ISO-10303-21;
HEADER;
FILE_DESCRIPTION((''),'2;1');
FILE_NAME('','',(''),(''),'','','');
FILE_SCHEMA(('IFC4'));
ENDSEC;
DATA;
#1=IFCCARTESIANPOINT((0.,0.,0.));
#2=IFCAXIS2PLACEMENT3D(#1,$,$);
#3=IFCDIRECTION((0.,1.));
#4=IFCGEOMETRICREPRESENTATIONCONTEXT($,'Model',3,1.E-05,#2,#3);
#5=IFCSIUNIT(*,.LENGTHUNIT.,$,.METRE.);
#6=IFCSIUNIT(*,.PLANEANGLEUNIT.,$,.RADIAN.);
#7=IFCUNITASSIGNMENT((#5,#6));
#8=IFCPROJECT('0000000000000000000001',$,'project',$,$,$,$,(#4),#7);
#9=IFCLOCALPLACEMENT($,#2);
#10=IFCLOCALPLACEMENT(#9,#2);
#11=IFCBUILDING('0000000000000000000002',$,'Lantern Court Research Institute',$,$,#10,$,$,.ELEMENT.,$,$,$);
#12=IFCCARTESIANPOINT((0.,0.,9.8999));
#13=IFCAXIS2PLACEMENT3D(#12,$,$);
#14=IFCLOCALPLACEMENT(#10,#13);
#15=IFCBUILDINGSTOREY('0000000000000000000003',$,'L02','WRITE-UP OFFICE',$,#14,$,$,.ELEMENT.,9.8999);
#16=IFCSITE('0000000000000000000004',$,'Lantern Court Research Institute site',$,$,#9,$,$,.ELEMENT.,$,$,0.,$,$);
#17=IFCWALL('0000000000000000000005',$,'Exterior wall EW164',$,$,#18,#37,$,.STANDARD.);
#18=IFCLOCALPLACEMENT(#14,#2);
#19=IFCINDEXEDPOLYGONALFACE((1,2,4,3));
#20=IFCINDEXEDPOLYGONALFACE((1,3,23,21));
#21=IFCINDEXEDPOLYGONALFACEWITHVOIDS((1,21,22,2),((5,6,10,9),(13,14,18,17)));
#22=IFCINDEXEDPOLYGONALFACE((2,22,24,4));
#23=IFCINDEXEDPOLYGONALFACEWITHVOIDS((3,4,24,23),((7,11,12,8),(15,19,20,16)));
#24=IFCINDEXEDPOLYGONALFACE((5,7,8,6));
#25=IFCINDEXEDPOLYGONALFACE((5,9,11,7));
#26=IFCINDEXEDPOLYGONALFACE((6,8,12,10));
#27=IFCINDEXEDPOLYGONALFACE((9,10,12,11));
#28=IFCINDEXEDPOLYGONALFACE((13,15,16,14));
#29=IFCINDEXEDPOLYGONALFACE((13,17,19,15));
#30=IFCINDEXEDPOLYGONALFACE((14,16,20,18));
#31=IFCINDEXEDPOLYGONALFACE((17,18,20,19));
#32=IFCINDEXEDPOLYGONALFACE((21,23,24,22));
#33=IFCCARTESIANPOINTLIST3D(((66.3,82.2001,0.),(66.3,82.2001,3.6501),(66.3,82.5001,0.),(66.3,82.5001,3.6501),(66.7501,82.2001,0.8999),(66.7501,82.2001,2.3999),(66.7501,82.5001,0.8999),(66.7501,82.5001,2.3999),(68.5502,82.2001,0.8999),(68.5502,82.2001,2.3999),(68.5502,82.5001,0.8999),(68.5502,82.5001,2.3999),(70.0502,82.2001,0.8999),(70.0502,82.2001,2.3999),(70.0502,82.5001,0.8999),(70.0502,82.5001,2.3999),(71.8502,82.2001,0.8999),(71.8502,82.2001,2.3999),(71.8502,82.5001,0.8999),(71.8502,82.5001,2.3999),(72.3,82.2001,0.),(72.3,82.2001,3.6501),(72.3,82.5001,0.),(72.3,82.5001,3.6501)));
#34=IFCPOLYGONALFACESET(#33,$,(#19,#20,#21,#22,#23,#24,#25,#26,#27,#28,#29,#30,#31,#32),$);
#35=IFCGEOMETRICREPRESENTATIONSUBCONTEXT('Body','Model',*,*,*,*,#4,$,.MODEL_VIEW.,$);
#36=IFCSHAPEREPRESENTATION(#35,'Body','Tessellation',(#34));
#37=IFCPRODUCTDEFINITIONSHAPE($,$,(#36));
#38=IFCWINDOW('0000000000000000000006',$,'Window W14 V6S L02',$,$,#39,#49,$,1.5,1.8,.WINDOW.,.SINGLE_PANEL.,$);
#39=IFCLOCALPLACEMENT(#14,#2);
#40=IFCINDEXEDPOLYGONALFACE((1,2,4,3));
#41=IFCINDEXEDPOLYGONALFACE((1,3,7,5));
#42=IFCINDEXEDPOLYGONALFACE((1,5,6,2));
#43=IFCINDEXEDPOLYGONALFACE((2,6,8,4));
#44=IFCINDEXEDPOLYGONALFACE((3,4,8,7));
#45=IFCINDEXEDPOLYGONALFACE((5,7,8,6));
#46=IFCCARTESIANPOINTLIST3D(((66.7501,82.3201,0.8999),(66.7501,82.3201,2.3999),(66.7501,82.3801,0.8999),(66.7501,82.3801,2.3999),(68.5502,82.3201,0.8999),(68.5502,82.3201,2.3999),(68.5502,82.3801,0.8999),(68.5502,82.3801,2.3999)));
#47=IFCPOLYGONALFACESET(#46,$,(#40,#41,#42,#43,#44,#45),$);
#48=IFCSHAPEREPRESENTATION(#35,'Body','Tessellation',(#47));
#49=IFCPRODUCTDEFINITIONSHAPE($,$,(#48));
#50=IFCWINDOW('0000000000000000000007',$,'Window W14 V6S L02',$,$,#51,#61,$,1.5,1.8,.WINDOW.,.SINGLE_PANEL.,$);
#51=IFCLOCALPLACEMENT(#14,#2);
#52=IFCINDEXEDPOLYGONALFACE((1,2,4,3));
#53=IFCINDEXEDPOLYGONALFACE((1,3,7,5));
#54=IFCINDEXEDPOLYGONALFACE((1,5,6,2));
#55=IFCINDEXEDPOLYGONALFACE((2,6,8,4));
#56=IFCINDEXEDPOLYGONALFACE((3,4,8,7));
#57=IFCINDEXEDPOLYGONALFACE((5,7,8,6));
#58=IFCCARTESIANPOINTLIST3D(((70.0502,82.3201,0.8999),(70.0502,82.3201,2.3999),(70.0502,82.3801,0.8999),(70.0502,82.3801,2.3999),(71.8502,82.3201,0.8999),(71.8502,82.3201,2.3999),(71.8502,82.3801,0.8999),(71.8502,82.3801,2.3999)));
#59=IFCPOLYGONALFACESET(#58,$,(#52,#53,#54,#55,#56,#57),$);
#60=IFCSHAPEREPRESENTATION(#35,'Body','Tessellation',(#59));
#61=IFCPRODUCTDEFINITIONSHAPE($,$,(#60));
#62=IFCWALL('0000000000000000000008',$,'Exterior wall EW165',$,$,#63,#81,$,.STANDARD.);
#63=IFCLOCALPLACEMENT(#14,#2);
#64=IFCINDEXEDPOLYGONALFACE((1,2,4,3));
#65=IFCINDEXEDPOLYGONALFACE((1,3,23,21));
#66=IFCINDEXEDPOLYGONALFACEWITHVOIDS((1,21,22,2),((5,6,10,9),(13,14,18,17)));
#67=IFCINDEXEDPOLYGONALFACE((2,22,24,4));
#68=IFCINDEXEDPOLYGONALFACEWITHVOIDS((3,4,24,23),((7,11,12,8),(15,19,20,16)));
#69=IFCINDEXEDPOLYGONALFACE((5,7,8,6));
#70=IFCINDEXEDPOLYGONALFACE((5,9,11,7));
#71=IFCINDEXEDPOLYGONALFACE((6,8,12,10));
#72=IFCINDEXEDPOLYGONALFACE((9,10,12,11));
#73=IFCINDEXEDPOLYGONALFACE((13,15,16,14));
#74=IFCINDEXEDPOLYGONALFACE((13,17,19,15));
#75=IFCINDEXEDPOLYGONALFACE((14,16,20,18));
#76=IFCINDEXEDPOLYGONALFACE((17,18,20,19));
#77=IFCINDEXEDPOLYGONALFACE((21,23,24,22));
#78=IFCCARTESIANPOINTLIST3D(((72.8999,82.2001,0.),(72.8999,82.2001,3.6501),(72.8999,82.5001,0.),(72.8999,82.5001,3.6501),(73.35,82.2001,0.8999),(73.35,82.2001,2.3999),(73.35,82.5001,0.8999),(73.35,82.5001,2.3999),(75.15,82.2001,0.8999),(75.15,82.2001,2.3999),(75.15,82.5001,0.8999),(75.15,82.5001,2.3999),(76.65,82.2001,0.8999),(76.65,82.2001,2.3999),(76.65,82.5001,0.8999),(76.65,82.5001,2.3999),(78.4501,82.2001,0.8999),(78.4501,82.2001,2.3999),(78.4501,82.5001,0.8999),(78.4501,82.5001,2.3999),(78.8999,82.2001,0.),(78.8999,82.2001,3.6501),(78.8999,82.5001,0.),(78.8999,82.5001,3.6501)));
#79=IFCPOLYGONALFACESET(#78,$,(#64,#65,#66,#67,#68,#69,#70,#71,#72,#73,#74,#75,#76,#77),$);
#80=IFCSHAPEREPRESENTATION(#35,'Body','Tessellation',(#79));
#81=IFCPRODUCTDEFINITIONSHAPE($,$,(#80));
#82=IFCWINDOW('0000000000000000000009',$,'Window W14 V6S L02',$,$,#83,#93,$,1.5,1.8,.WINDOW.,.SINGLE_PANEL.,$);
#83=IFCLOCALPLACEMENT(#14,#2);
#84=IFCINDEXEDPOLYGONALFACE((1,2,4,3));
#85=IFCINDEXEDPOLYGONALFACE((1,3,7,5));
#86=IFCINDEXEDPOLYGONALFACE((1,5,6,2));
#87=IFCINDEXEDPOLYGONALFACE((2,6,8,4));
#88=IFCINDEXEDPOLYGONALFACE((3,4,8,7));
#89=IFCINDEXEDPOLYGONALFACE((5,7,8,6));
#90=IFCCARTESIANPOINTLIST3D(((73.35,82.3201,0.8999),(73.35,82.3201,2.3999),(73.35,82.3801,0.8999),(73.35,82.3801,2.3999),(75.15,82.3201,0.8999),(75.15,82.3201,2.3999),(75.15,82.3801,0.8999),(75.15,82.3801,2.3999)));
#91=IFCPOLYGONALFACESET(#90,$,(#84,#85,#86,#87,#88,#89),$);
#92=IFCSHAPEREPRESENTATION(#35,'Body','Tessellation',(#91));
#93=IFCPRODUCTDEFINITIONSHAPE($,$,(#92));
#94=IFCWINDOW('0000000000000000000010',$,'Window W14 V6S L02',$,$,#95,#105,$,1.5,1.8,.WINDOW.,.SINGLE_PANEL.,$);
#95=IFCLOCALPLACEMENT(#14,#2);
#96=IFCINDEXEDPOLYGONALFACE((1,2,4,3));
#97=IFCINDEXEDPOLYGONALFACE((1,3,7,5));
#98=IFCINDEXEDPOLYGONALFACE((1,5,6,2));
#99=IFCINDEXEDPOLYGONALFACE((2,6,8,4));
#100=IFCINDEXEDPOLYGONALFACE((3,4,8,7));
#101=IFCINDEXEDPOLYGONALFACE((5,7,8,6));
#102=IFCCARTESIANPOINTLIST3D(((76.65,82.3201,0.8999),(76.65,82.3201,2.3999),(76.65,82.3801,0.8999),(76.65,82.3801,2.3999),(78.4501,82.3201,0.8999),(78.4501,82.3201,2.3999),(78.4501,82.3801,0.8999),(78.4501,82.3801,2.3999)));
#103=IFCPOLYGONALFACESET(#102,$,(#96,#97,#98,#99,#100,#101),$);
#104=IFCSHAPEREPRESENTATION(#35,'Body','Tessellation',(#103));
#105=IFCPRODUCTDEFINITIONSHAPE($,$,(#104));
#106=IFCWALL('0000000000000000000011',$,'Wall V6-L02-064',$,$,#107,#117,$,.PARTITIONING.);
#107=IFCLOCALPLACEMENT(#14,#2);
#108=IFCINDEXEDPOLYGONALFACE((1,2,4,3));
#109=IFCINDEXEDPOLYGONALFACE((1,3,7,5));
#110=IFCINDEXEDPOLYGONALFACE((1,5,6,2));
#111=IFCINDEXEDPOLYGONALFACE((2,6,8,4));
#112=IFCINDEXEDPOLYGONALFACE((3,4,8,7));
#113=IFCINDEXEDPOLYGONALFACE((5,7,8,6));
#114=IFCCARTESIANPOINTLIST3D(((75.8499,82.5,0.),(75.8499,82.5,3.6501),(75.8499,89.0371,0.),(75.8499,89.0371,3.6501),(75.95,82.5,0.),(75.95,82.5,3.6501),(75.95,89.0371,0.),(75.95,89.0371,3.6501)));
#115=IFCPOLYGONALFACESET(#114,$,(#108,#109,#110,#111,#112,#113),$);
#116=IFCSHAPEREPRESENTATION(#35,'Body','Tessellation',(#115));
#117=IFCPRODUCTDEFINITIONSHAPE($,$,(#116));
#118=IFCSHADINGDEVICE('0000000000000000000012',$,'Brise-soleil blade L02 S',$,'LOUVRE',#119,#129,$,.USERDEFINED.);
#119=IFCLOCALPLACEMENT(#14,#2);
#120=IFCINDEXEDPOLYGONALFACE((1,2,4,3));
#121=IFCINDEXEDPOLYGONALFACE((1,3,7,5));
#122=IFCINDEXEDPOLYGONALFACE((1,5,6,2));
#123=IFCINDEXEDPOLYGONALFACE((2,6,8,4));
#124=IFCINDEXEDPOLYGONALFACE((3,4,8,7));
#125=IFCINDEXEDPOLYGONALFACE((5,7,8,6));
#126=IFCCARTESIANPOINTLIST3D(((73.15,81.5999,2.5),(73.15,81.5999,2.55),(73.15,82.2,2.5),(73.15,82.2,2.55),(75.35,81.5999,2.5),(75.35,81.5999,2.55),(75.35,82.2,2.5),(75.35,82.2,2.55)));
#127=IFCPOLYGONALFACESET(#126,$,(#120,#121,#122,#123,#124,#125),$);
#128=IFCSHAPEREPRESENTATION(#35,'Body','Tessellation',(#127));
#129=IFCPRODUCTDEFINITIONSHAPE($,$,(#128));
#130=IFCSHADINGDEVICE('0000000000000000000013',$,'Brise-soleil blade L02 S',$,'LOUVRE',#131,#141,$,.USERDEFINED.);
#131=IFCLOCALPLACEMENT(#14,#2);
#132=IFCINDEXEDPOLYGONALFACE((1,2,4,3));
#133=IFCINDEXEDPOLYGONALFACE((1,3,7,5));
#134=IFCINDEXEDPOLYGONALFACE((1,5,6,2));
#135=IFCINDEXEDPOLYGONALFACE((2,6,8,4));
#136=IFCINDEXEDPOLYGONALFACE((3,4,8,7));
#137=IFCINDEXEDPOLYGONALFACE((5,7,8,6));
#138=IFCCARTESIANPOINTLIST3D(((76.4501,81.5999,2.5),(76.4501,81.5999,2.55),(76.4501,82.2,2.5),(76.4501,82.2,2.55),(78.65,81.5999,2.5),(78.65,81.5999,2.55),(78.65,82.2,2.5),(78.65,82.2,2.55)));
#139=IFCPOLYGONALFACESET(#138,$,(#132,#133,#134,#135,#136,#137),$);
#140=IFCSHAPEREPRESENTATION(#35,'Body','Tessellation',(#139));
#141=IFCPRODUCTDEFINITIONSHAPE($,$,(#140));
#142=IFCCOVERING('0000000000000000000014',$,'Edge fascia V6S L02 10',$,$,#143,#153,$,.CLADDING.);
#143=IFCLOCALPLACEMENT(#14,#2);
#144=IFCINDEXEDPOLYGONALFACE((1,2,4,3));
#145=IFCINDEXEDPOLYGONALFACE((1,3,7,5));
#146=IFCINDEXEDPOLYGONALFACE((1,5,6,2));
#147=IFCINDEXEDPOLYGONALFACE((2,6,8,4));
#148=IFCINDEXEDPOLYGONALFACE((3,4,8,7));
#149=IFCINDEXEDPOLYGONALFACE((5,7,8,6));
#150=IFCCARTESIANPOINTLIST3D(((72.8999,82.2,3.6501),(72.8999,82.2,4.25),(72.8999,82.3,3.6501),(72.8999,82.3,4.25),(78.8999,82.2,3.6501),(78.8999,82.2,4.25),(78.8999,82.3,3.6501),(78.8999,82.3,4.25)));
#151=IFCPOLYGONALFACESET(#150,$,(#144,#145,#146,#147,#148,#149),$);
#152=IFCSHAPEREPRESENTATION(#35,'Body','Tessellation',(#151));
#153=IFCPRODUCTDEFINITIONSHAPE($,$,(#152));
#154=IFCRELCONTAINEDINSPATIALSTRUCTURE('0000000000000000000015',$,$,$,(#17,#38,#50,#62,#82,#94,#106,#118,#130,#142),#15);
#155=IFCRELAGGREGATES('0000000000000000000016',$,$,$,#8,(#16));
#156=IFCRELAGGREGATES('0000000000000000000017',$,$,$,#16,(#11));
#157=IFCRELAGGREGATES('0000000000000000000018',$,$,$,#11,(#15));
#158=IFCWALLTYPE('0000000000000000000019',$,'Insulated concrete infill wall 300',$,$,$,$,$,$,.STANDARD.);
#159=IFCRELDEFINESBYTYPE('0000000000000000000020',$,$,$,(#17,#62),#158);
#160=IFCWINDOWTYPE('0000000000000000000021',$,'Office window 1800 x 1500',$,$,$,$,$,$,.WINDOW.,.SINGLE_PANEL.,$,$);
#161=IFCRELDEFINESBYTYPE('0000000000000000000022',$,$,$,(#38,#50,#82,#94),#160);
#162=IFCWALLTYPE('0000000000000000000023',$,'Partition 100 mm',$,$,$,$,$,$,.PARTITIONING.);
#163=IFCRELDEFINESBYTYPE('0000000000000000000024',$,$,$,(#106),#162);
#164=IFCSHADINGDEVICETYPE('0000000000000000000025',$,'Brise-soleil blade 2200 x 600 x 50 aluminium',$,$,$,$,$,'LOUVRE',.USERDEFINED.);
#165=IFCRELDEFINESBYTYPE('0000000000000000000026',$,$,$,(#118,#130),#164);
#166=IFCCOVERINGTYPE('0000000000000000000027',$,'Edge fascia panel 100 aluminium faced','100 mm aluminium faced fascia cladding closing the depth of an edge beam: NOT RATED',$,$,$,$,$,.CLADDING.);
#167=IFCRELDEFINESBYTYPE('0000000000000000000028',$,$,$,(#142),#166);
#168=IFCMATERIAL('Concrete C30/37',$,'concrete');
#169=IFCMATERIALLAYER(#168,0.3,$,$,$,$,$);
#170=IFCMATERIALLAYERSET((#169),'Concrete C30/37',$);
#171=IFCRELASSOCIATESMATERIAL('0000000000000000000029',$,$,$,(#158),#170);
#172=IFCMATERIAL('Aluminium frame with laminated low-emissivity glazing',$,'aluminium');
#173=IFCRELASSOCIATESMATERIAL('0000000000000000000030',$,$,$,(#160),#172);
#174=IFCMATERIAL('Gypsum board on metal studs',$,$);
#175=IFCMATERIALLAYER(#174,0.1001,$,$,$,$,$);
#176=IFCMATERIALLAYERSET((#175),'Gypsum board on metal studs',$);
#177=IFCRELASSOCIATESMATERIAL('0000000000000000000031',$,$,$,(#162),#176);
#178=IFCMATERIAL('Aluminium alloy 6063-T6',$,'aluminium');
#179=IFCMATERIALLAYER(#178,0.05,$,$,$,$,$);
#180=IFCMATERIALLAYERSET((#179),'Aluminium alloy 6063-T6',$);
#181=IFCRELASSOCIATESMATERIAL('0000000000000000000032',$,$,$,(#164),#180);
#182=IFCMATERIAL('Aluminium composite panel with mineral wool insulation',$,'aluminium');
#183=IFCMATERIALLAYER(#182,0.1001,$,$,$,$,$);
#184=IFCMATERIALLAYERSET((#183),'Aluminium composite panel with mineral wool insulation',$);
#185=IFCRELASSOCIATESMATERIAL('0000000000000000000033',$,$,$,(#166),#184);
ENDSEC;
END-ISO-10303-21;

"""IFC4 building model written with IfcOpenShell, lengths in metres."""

from ifc_helpers import new_model, si_unit, direction, frame, frame_2d, origin, origin_2d, place, context, subcontext, project, spatial, rectangle, extrude, material, layer, layer_set, type_object, element, fill, save


model = new_model("IFC4")

# Units and contexts
model_context = context("Model", 3, precision=1e-05, world=origin(), true_north=direction((0.0, 1.0)))
body_context = subcontext(model_context, "Body", "Model", "MODEL_VIEW")
ifc_project = project(units=[si_unit("LENGTHUNIT", "METRE"), si_unit("PLANEANGLEUNIT", "RADIAN")], contexts=[model_context])

# Site, building, storey
site_placement = place(None, origin())
site = spatial("IfcSite", under=ifc_project, at=site_placement, Name="Lantern Court Research Institute site", CompositionType="ELEMENT", RefElevation=0.0)
building_placement = place(site_placement, origin())
building = spatial("IfcBuilding", under=site, at=building_placement, Name="Lantern Court Research Institute", CompositionType="ELEMENT")
storey_placement = place(building_placement, frame((0.0, 0.0, 9.8999)))
storey = spatial("IfcBuildingStorey", under=building, at=storey_placement, Name="L02", Description="WRITE-UP OFFICE", CompositionType="ELEMENT", Elevation=9.8999)

# Walls, openings, windows
ifc_material_1 = material(Name="Concrete C30/37", Category="concrete")
ifc_layer_1 = layer(ifc_material_1, 0.3)
ifc_layer_set_1 = layer_set([ifc_layer_1], Name="Concrete C30/37")
wall_type_1 = type_object("IfcWallType", Name="Insulated concrete infill wall 300", PredefinedType="STANDARD", material=ifc_layer_set_1)
wall_1_placement = place(storey_placement, frame((72.3, 82.3501, 0.0), z_axis=(0.0, 0.0, 1.0), x_axis=(-1.0, 0.0, 0.0)))
wall_1 = element("IfcWall", 1, at=wall_1_placement, inside=storey, type_object=wall_type_1, Name="Exterior wall EW164", PredefinedType="STANDARD", context=body_context, shape_type="SweptSolid", body=[
    extrude(rectangle(XDim=6.0, YDim=0.3, at=frame_2d((3.0, 0.0))), origin(), (0.0, 0.0, 1.0), 3.6501),
])
opening_1_placement = place(wall_1_placement, frame((3.75, 0.0, 0.8999)))
opening_1 = element("IfcOpeningElement", 2, at=opening_1_placement, cuts=wall_1, PredefinedType="OPENING", context=body_context, shape_type="SweptSolid", body=[
    extrude(rectangle(XDim=1.8, YDim=1.5, at=frame_2d((0.8999, 0.75))), frame((0.0, 0.1599, 0.0), z_axis=(0.0, -1.0, 0.0), x_axis=(1.0, 0.0, 0.0)), (0.0, 0.0, 1.0), 0.3201),
])
opening_2_placement = place(wall_1_placement, frame((0.45, 0.0, 0.8999)))
opening_2 = element("IfcOpeningElement", 3, at=opening_2_placement, cuts=wall_1, PredefinedType="OPENING", context=body_context, shape_type="SweptSolid", body=[
    extrude(rectangle(XDim=1.8, YDim=1.5, at=frame_2d((0.8999, 0.75))), frame((0.0, 0.1599, 0.0), z_axis=(0.0, -1.0, 0.0), x_axis=(1.0, 0.0, 0.0)), (0.0, 0.0, 1.0), 0.3201),
])
ifc_material_2 = material(Name="Aluminium frame with laminated low-emissivity glazing", Category="aluminium")
window_type = type_object("IfcWindowType", Name="Office window 1800 x 1500", PartitioningType="SINGLE_PANEL", PredefinedType="WINDOW", material=ifc_material_2)
window_1_placement = place(opening_1_placement, origin())
window_1 = element("IfcWindow", 4, at=window_1_placement, inside=storey, type_object=window_type, Name="Window W14 V6S L02", OverallHeight=1.5, OverallWidth=1.8, PartitioningType="SINGLE_PANEL", PredefinedType="WINDOW", context=body_context, shape_type="SweptSolid", body=[
    extrude(rectangle(XDim=1.8, YDim=1.5, at=frame_2d((0.8999, 0.75))), frame((0.0, 0.03, 0.0), z_axis=(0.0, -1.0, 0.0), x_axis=(1.0, 0.0, 0.0)), (0.0, 0.0, 1.0), 0.0601),
])
fill(opening_1, window_1)
window_2_placement = place(opening_2_placement, origin())
window_2 = element("IfcWindow", 5, at=window_2_placement, inside=storey, type_object=window_type, Name="Window W14 V6S L02", OverallHeight=1.5, OverallWidth=1.8, PartitioningType="SINGLE_PANEL", PredefinedType="WINDOW", context=body_context, shape_type="SweptSolid", body=[
    extrude(rectangle(XDim=1.8, YDim=1.5, at=frame_2d((0.8999, 0.75))), frame((0.0, 0.03, 0.0), z_axis=(0.0, -1.0, 0.0), x_axis=(1.0, 0.0, 0.0)), (0.0, 0.0, 1.0), 0.0601),
])
fill(opening_2, window_2)
wall_2_placement = place(storey_placement, frame((78.8999, 82.3501, 0.0), z_axis=(0.0, 0.0, 1.0), x_axis=(-1.0, 0.0, 0.0)))
wall_2 = element("IfcWall", 6, at=wall_2_placement, inside=storey, type_object=wall_type_1, Name="Exterior wall EW165", PredefinedType="STANDARD", context=body_context, shape_type="SweptSolid", body=[
    extrude(rectangle(XDim=6.0, YDim=0.3, at=frame_2d((3.0, 0.0))), origin(), (0.0, 0.0, 1.0), 3.6501),
])
opening_3_placement = place(wall_2_placement, frame((3.75, 0.0, 0.8999)))
opening_3 = element("IfcOpeningElement", 7, at=opening_3_placement, cuts=wall_2, PredefinedType="OPENING", context=body_context, shape_type="SweptSolid", body=[
    extrude(rectangle(XDim=1.8, YDim=1.5, at=frame_2d((0.8999, 0.75))), frame((0.0, 0.1599, 0.0), z_axis=(0.0, -1.0, 0.0), x_axis=(1.0, 0.0, 0.0)), (0.0, 0.0, 1.0), 0.3201),
])
opening_4_placement = place(wall_2_placement, frame((0.45, 0.0, 0.8999)))
opening_4 = element("IfcOpeningElement", 8, at=opening_4_placement, cuts=wall_2, PredefinedType="OPENING", context=body_context, shape_type="SweptSolid", body=[
    extrude(rectangle(XDim=1.8, YDim=1.5, at=frame_2d((0.8999, 0.75))), frame((0.0, 0.1599, 0.0), z_axis=(0.0, -1.0, 0.0), x_axis=(1.0, 0.0, 0.0)), (0.0, 0.0, 1.0), 0.3201),
])
window_3_placement = place(opening_3_placement, origin())
window_3 = element("IfcWindow", 9, at=window_3_placement, inside=storey, type_object=window_type, Name="Window W14 V6S L02", OverallHeight=1.5, OverallWidth=1.8, PartitioningType="SINGLE_PANEL", PredefinedType="WINDOW", context=body_context, shape_type="SweptSolid", body=[
    extrude(rectangle(XDim=1.8, YDim=1.5, at=frame_2d((0.8999, 0.75))), frame((0.0, 0.03, 0.0), z_axis=(0.0, -1.0, 0.0), x_axis=(1.0, 0.0, 0.0)), (0.0, 0.0, 1.0), 0.0601),
])
fill(opening_3, window_3)
window_4_placement = place(opening_4_placement, origin())
window_4 = element("IfcWindow", 10, at=window_4_placement, inside=storey, type_object=window_type, Name="Window W14 V6S L02", OverallHeight=1.5, OverallWidth=1.8, PartitioningType="SINGLE_PANEL", PredefinedType="WINDOW", context=body_context, shape_type="SweptSolid", body=[
    extrude(rectangle(XDim=1.8, YDim=1.5, at=frame_2d((0.8999, 0.75))), frame((0.0, 0.03, 0.0), z_axis=(0.0, -1.0, 0.0), x_axis=(1.0, 0.0, 0.0)), (0.0, 0.0, 1.0), 0.0601),
])
fill(opening_4, window_4)

# Wall
ifc_material_3 = material(Name="Gypsum board on metal studs")
ifc_layer_2 = layer(ifc_material_3, 0.1001)
ifc_layer_set_2 = layer_set([ifc_layer_2], Name="Gypsum board on metal studs")
wall_type_2 = type_object("IfcWallType", Name="Partition 100 mm", PredefinedType="PARTITIONING", material=ifc_layer_set_2)
wall_3_placement = place(storey_placement, frame((75.8999, 82.5, 0.0), z_axis=(0.0, 0.0, 1.0), x_axis=(0.0, 1.0, 0.0)))
element("IfcWall", 11, at=wall_3_placement, inside=storey, type_object=wall_type_2, Name="Wall V6-L02-064", PredefinedType="PARTITIONING", context=body_context, shape_type="SweptSolid", body=[
    extrude(rectangle(XDim=6.5371, YDim=0.1001, at=frame_2d((3.2686, 0.0))), origin(), (0.0, 0.0, 1.0), 3.6501),
])

# Shading devices
ifc_material_4 = material(Name="Aluminium alloy 6063-T6", Category="aluminium")
ifc_layer_3 = layer(ifc_material_4, 0.05)
ifc_layer_set_3 = layer_set([ifc_layer_3], Name="Aluminium alloy 6063-T6")
shading_device_type = type_object("IfcShadingDeviceType", Name="Brise-soleil blade 2200 x 600 x 50 aluminium", ElementType="LOUVRE", PredefinedType="USERDEFINED", material=ifc_layer_set_3)
for number, where, z_axis, x_axis, name in (
    (12, (74.25, 81.8999, 2.5), (0.0, 0.0, 1.0), (-1.0, 0.0, 0.0), "Brise-soleil blade L02 S"),
    (13, (77.55, 81.8999, 2.5), (0.0, 0.0, 1.0), (-1.0, 0.0, 0.0), "Brise-soleil blade L02 S"),
):
    element("IfcShadingDevice", number, at=place(storey_placement, frame(where, z_axis=z_axis, x_axis=x_axis)), inside=storey, type_object=shading_device_type, Name=name, ObjectType="LOUVRE", PredefinedType="USERDEFINED", context=body_context, shape_type="SweptSolid", body=[
        extrude(rectangle(XDim=2.2, YDim=0.6001, at=origin_2d()), origin(), (0.0, 0.0, 1.0), 0.05),
    ])

# Covering
ifc_material_5 = material(Name="Aluminium composite panel with mineral wool insulation", Category="aluminium")
ifc_layer_4 = layer(ifc_material_5, 0.1001)
ifc_layer_set_4 = layer_set([ifc_layer_4], Name="Aluminium composite panel with mineral wool insulation")
covering_type_1 = type_object("IfcCoveringType", Name="Edge fascia panel 100 aluminium faced", Description="100 mm aluminium faced fascia cladding closing the depth of an edge beam: NOT RATED", PredefinedType="CLADDING", material=ifc_layer_set_4)
covering_1_placement = place(storey_placement, frame((78.8999, 82.25, 3.6501), z_axis=(0.0, 0.0, 1.0), x_axis=(-1.0, 0.0, 0.0)))
element("IfcCovering", 14, at=covering_1_placement, inside=storey, type_object=covering_type_1, Name="Edge fascia V6S L02 10", PredefinedType="CLADDING", context=body_context, shape_type="SweptSolid", body=[
    extrude(rectangle(XDim=6.0, YDim=0.1001, at=frame_2d((3.0, 0.0))), origin(), (0.0, 0.0, 1.0), 0.5999),
])

save(model, "model.ifc")
